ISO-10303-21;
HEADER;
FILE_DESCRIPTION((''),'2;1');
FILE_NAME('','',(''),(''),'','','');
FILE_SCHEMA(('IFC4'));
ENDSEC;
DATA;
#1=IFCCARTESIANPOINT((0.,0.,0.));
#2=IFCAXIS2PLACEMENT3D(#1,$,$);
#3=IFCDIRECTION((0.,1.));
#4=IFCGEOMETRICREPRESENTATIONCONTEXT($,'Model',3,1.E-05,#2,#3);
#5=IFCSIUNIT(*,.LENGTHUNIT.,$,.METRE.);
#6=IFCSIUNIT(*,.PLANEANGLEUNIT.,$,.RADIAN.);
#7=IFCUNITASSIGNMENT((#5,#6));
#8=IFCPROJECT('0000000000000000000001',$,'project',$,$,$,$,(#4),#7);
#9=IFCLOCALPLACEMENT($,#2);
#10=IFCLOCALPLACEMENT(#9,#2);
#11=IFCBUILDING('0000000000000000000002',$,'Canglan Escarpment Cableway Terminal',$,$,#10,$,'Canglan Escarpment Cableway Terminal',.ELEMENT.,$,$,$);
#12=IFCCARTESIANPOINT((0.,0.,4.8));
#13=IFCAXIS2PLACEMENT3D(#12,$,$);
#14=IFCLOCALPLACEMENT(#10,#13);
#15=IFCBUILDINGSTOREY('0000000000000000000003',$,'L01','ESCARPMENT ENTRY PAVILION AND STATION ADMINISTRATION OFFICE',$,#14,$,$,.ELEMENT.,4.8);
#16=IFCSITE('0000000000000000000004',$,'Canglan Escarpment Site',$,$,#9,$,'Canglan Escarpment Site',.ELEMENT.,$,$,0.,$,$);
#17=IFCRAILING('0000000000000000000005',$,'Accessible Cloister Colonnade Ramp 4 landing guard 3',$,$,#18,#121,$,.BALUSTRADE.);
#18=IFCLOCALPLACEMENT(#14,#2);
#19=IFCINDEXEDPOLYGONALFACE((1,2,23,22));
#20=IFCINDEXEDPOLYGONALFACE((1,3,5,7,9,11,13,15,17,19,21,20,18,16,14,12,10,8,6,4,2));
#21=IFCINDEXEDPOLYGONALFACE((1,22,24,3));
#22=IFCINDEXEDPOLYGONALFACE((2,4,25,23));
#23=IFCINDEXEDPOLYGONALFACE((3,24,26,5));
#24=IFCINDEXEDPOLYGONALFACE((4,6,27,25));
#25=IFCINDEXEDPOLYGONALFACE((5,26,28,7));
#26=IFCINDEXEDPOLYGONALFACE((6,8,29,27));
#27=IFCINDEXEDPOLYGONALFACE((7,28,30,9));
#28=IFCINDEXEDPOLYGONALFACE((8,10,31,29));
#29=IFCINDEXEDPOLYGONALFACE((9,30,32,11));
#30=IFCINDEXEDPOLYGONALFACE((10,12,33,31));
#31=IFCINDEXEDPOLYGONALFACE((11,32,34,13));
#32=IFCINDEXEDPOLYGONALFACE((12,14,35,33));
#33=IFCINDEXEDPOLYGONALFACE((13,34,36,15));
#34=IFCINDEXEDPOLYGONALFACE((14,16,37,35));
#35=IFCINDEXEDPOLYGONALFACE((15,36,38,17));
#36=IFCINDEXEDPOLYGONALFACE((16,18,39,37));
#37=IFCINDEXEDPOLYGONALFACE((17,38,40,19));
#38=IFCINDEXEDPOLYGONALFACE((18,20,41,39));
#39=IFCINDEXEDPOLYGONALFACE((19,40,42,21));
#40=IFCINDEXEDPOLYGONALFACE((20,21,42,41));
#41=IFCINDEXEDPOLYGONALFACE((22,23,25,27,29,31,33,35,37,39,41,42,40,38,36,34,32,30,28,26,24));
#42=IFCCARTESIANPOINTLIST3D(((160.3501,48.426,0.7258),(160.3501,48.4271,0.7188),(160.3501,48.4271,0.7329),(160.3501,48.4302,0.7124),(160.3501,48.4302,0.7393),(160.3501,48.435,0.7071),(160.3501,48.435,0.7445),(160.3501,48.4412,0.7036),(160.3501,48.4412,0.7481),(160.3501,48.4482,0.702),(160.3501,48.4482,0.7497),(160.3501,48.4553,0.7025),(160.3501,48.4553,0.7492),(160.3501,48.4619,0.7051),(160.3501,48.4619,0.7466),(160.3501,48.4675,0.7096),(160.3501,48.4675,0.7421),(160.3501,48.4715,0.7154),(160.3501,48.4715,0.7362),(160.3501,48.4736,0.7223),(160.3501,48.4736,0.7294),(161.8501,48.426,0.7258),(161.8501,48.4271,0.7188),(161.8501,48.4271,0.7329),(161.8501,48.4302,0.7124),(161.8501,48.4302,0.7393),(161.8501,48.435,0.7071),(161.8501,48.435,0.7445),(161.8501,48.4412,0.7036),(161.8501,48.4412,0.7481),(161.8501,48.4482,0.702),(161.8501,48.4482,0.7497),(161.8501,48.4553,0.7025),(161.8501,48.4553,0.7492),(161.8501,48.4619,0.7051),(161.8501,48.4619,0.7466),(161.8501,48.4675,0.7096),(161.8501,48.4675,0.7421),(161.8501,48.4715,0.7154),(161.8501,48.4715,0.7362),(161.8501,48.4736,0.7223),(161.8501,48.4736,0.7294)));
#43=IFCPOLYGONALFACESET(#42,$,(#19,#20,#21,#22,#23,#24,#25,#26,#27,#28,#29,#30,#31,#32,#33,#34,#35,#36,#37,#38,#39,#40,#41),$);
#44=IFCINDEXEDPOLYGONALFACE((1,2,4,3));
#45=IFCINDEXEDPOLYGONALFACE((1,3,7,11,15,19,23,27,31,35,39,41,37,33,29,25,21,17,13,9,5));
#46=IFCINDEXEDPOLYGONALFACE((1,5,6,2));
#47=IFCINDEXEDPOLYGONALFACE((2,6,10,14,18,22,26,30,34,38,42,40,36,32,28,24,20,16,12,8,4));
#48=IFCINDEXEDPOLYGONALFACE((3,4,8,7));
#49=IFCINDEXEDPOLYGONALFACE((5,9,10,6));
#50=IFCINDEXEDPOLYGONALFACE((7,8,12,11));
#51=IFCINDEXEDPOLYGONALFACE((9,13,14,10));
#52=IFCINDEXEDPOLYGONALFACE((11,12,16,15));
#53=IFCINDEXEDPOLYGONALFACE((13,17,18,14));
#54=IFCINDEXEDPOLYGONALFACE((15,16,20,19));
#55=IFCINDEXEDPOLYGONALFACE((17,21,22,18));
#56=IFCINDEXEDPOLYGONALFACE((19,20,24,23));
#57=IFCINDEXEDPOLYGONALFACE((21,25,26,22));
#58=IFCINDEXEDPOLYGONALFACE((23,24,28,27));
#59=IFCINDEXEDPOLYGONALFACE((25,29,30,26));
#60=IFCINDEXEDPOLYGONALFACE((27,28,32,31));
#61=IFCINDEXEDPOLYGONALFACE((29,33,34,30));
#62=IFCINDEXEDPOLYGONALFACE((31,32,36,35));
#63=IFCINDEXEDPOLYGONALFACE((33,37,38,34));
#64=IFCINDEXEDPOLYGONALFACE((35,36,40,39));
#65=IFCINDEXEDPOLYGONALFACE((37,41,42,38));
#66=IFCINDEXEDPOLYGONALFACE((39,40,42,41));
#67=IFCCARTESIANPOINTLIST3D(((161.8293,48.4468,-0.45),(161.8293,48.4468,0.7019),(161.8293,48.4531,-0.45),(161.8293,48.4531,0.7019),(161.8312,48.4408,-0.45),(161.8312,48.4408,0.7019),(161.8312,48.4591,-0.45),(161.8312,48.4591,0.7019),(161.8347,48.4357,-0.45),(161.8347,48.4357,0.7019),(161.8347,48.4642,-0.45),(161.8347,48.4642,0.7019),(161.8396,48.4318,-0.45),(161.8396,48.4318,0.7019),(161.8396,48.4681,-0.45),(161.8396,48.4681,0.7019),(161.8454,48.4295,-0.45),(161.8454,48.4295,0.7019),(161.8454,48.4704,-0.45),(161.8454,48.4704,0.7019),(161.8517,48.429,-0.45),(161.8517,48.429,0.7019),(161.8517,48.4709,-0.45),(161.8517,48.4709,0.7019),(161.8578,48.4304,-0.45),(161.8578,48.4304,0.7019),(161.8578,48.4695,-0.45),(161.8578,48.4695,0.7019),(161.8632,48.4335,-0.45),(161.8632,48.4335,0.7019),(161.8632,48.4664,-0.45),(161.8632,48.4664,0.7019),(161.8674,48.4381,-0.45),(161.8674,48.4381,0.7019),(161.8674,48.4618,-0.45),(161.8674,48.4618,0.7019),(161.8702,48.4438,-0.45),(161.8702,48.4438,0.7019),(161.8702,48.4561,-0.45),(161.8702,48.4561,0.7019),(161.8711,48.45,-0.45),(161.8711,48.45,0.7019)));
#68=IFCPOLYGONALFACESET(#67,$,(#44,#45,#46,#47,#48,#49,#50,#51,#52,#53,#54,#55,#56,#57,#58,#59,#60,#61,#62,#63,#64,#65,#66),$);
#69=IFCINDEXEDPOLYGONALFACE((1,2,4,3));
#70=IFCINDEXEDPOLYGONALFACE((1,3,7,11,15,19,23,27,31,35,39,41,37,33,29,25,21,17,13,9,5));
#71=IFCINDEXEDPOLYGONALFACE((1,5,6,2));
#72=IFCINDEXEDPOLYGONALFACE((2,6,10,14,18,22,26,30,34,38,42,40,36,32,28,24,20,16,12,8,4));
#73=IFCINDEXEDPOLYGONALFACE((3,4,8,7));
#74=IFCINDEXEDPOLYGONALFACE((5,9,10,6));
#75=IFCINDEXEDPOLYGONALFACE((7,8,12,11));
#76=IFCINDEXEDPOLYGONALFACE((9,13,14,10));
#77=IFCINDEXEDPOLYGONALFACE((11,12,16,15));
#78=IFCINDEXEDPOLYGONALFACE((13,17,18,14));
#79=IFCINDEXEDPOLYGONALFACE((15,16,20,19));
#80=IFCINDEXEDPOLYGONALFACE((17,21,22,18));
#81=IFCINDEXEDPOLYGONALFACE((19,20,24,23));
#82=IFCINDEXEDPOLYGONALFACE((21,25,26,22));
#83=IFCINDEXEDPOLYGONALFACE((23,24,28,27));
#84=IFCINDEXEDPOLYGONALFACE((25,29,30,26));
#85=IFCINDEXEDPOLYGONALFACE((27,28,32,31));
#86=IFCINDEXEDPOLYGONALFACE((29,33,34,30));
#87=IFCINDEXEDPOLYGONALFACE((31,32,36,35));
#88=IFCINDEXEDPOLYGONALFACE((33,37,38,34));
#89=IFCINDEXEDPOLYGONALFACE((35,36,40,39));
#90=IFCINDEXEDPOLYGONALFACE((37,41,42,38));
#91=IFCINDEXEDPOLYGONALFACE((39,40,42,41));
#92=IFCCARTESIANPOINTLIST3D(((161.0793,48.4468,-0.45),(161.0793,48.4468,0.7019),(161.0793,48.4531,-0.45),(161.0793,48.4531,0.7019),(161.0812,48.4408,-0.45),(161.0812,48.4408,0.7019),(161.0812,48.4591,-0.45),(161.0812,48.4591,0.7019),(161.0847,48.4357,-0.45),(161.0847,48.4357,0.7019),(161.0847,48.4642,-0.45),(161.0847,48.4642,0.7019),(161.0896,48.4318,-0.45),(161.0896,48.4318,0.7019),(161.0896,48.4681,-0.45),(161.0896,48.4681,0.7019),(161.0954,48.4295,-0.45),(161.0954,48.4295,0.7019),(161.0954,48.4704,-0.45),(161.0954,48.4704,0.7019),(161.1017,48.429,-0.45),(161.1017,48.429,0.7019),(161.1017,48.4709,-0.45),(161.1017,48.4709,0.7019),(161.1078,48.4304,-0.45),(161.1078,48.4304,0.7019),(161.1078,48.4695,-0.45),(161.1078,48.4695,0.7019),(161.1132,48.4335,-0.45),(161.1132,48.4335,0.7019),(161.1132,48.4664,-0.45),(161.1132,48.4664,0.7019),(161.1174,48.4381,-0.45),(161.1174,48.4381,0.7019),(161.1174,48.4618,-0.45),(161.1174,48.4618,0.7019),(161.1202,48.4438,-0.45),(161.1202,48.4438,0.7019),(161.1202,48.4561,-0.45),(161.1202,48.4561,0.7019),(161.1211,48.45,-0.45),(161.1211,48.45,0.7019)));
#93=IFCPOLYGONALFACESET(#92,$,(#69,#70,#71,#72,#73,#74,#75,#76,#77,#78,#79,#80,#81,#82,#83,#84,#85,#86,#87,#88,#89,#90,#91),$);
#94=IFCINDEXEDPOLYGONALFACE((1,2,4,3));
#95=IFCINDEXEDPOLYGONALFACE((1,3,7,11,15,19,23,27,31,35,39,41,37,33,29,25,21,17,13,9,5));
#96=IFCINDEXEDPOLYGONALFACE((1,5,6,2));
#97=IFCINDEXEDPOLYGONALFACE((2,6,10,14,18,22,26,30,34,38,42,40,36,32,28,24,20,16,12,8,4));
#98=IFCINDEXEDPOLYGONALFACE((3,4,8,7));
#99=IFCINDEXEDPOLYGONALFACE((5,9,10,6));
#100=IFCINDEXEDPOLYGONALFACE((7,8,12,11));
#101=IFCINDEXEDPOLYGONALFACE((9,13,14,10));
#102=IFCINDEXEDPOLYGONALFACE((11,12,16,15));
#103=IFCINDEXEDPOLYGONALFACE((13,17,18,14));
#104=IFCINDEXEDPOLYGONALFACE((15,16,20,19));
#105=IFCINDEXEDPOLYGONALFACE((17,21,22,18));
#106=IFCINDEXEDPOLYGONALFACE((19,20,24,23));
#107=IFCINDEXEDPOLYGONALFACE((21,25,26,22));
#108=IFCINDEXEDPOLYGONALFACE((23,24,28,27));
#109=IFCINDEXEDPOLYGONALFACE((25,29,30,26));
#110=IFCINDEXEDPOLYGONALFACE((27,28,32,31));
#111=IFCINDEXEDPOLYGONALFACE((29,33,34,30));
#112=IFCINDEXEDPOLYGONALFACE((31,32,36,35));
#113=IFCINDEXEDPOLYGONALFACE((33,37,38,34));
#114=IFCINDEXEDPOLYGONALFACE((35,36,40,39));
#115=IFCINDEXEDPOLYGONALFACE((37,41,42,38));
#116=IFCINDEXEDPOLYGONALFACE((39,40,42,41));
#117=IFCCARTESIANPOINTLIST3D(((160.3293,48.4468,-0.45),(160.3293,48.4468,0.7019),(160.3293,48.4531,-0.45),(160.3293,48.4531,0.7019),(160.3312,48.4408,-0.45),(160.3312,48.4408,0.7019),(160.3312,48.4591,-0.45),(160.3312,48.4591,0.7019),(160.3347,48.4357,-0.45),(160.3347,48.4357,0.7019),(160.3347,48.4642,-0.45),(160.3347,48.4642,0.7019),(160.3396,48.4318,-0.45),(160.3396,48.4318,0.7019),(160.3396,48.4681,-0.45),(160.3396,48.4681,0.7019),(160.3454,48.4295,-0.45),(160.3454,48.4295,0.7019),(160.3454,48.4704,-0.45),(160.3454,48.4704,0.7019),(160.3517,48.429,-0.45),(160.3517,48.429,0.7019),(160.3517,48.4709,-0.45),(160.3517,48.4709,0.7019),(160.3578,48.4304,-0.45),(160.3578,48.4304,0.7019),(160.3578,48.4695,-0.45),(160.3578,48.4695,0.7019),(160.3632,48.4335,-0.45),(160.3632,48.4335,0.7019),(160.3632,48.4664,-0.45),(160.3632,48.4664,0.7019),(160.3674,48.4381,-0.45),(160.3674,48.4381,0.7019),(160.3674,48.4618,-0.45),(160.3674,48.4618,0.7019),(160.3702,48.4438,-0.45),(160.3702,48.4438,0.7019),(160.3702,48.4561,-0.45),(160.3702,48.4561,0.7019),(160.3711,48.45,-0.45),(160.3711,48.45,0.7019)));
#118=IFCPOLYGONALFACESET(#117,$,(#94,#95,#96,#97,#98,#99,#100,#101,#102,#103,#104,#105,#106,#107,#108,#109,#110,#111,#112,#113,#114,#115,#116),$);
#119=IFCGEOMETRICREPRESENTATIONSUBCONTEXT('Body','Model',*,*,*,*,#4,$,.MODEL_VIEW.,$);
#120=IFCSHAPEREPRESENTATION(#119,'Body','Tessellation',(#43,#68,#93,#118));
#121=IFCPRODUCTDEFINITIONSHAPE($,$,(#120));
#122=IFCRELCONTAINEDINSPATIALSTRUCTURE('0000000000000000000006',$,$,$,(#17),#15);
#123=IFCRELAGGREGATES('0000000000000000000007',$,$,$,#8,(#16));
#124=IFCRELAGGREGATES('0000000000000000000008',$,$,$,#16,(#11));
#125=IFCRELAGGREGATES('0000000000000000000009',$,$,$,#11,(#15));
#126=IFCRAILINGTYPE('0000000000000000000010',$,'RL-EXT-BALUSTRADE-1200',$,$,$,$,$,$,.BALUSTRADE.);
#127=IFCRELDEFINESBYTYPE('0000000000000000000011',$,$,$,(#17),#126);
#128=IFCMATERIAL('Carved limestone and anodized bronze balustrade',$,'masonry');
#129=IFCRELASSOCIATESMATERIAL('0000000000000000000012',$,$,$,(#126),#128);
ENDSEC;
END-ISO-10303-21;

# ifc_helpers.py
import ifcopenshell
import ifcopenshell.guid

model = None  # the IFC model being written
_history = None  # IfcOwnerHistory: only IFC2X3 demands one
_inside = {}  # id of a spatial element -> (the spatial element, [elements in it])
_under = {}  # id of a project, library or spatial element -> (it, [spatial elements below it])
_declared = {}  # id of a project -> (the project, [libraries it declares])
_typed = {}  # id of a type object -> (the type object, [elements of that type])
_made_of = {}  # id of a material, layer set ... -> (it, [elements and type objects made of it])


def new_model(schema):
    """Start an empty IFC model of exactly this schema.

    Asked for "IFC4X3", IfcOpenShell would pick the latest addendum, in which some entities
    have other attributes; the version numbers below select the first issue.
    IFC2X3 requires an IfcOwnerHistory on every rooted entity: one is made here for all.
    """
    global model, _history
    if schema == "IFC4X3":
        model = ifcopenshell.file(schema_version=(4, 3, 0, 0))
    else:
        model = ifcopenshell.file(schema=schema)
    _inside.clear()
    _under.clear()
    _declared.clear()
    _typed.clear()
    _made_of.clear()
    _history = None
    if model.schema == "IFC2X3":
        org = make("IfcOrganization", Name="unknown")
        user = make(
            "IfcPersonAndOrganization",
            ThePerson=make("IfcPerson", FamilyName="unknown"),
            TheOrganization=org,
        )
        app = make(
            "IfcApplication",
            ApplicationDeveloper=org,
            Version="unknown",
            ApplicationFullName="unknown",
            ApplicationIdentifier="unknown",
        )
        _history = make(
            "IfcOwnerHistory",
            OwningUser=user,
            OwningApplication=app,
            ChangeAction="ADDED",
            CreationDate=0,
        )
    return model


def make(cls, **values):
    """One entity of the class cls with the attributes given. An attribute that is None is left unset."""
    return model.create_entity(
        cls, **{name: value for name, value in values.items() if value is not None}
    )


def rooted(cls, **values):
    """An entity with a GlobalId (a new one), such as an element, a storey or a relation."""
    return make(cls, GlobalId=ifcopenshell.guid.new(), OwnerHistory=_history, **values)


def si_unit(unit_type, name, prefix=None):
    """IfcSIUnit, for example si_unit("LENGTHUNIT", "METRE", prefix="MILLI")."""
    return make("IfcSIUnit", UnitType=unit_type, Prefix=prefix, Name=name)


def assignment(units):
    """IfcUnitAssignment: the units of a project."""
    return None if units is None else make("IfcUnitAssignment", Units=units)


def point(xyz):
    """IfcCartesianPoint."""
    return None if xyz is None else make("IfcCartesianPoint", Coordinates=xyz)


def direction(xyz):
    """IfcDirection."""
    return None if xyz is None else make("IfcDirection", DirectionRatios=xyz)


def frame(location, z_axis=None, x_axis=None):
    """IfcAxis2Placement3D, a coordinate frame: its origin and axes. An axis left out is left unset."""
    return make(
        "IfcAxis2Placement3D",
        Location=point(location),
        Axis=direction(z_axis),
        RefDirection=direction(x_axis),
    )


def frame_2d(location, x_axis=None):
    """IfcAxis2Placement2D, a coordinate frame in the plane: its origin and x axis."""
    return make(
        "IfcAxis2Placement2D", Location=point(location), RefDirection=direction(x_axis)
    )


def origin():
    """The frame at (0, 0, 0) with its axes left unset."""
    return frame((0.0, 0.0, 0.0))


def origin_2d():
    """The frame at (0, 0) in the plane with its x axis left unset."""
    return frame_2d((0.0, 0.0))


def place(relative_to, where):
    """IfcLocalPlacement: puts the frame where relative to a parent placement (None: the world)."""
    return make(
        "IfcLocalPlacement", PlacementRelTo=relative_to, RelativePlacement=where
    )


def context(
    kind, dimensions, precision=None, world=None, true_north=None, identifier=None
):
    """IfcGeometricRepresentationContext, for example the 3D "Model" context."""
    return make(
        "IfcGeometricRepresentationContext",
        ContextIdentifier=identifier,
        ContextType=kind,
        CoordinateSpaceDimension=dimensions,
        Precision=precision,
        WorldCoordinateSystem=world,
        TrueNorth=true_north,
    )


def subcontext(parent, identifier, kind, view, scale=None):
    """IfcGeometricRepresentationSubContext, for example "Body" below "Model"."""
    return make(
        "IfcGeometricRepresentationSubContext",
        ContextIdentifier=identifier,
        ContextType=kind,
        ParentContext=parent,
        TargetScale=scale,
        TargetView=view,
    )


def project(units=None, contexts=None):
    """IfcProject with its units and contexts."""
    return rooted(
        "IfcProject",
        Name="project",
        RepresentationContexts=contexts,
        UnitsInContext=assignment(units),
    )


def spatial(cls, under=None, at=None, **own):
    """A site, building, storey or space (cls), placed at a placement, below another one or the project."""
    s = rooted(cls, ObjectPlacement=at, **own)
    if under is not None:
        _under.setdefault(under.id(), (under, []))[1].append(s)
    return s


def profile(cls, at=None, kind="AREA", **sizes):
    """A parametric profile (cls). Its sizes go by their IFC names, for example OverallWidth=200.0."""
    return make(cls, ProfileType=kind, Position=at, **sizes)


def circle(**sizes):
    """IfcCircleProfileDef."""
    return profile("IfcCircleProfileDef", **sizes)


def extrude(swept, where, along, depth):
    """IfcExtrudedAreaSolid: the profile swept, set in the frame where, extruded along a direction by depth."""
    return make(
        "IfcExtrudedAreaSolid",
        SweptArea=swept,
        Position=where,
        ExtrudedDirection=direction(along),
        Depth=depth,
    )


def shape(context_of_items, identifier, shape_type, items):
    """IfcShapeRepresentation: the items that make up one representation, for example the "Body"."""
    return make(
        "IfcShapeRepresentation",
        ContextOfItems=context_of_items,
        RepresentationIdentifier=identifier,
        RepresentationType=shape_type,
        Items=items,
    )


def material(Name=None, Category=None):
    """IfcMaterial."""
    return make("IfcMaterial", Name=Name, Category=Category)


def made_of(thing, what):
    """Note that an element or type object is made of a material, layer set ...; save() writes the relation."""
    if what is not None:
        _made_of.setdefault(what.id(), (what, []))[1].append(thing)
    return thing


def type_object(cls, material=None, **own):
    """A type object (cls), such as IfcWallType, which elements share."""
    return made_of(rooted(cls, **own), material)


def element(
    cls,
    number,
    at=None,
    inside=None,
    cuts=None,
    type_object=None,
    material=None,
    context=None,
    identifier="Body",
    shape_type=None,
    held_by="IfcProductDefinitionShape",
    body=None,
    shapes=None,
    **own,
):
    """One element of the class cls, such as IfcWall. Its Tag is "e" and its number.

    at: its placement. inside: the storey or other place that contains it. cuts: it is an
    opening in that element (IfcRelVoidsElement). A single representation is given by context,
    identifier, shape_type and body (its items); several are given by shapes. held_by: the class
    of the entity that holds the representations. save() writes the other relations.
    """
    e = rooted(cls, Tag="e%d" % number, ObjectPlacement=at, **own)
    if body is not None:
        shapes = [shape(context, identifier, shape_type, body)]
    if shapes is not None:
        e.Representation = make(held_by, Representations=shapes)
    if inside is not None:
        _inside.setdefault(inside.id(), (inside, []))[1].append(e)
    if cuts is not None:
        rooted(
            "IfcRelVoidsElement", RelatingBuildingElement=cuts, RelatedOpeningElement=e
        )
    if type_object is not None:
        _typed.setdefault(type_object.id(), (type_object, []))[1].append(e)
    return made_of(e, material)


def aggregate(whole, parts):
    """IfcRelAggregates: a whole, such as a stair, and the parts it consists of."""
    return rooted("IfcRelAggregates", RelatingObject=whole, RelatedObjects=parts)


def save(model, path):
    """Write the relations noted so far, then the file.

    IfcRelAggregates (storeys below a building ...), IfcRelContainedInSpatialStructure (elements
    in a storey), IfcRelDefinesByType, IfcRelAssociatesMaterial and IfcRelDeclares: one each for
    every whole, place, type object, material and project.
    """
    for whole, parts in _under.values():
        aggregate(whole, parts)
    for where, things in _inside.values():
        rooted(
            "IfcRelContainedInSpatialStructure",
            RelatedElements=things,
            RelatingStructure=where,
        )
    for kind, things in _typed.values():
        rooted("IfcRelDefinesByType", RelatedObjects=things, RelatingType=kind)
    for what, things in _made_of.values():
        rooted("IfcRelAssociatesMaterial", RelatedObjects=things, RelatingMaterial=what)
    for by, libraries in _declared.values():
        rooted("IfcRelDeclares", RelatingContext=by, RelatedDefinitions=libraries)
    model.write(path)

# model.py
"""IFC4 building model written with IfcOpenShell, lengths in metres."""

from ifc_helpers import new_model, si_unit, direction, frame, origin, origin_2d, place, context, subcontext, project, spatial, circle, extrude, material, type_object, element, save


model = new_model("IFC4")

# Units and contexts
model_context = context("Model", 3, precision=1e-05, world=origin(), true_north=direction((0.0, 1.0)))
body_context = subcontext(model_context, "Body", "Model", "MODEL_VIEW")
ifc_project = project(units=[si_unit("LENGTHUNIT", "METRE"), si_unit("PLANEANGLEUNIT", "RADIAN")], contexts=[model_context])

# Site, building, storey
site_placement = place(None, origin())
site = spatial("IfcSite", under=ifc_project, at=site_placement, Name="Canglan Escarpment Site", LongName="Canglan Escarpment Site", CompositionType="ELEMENT", RefElevation=0.0)
building_placement = place(site_placement, origin())
building = spatial("IfcBuilding", under=site, at=building_placement, Name="Canglan Escarpment Cableway Terminal", LongName="Canglan Escarpment Cableway Terminal", CompositionType="ELEMENT")
storey_placement = place(building_placement, frame((0.0, 0.0, 4.8)))
storey = spatial("IfcBuildingStorey", under=building, at=storey_placement, Name="L01", Description="ESCARPMENT ENTRY PAVILION AND STATION ADMINISTRATION OFFICE", CompositionType="ELEMENT", Elevation=4.8)

# Railing
ifc_material_1 = material(Name="Carved limestone and anodized bronze balustrade", Category="masonry")
railing_type_1 = type_object("IfcRailingType", Name="RL-EXT-BALUSTRADE-1200", PredefinedType="BALUSTRADE", material=ifc_material_1)
railing_1_placement = place(storey_placement, frame((161.8501, 48.45, -0.45)))
element("IfcRailing", 1, at=railing_1_placement, inside=storey, type_object=railing_type_1, Name="Accessible Cloister Colonnade Ramp 4 landing guard 3", PredefinedType="BALUSTRADE", context=body_context, shape_type="SweptSolid", body=[
    extrude(circle(Radius=0.0239, at=origin_2d()), frame((0.0, 0.0, 1.1758), z_axis=(-1.0, 0.0, 0.0), x_axis=(0.0, -1.0, 0.0)), (0.0, 0.0, 1.0), 1.5),
    extrude(circle(Radius=0.021, at=origin_2d()), origin(), (0.0, 0.0, 1.0), 1.1519),
    extrude(circle(Radius=0.021, at=origin_2d()), frame((-0.75, 0.0, 0.0)), (0.0, 0.0, 1.0), 1.1519),
    extrude(circle(Radius=0.021, at=origin_2d()), frame((-1.5, 0.0, 0.0)), (0.0, 0.0, 1.0), 1.1519),
])

save(model, "model.ifc")
